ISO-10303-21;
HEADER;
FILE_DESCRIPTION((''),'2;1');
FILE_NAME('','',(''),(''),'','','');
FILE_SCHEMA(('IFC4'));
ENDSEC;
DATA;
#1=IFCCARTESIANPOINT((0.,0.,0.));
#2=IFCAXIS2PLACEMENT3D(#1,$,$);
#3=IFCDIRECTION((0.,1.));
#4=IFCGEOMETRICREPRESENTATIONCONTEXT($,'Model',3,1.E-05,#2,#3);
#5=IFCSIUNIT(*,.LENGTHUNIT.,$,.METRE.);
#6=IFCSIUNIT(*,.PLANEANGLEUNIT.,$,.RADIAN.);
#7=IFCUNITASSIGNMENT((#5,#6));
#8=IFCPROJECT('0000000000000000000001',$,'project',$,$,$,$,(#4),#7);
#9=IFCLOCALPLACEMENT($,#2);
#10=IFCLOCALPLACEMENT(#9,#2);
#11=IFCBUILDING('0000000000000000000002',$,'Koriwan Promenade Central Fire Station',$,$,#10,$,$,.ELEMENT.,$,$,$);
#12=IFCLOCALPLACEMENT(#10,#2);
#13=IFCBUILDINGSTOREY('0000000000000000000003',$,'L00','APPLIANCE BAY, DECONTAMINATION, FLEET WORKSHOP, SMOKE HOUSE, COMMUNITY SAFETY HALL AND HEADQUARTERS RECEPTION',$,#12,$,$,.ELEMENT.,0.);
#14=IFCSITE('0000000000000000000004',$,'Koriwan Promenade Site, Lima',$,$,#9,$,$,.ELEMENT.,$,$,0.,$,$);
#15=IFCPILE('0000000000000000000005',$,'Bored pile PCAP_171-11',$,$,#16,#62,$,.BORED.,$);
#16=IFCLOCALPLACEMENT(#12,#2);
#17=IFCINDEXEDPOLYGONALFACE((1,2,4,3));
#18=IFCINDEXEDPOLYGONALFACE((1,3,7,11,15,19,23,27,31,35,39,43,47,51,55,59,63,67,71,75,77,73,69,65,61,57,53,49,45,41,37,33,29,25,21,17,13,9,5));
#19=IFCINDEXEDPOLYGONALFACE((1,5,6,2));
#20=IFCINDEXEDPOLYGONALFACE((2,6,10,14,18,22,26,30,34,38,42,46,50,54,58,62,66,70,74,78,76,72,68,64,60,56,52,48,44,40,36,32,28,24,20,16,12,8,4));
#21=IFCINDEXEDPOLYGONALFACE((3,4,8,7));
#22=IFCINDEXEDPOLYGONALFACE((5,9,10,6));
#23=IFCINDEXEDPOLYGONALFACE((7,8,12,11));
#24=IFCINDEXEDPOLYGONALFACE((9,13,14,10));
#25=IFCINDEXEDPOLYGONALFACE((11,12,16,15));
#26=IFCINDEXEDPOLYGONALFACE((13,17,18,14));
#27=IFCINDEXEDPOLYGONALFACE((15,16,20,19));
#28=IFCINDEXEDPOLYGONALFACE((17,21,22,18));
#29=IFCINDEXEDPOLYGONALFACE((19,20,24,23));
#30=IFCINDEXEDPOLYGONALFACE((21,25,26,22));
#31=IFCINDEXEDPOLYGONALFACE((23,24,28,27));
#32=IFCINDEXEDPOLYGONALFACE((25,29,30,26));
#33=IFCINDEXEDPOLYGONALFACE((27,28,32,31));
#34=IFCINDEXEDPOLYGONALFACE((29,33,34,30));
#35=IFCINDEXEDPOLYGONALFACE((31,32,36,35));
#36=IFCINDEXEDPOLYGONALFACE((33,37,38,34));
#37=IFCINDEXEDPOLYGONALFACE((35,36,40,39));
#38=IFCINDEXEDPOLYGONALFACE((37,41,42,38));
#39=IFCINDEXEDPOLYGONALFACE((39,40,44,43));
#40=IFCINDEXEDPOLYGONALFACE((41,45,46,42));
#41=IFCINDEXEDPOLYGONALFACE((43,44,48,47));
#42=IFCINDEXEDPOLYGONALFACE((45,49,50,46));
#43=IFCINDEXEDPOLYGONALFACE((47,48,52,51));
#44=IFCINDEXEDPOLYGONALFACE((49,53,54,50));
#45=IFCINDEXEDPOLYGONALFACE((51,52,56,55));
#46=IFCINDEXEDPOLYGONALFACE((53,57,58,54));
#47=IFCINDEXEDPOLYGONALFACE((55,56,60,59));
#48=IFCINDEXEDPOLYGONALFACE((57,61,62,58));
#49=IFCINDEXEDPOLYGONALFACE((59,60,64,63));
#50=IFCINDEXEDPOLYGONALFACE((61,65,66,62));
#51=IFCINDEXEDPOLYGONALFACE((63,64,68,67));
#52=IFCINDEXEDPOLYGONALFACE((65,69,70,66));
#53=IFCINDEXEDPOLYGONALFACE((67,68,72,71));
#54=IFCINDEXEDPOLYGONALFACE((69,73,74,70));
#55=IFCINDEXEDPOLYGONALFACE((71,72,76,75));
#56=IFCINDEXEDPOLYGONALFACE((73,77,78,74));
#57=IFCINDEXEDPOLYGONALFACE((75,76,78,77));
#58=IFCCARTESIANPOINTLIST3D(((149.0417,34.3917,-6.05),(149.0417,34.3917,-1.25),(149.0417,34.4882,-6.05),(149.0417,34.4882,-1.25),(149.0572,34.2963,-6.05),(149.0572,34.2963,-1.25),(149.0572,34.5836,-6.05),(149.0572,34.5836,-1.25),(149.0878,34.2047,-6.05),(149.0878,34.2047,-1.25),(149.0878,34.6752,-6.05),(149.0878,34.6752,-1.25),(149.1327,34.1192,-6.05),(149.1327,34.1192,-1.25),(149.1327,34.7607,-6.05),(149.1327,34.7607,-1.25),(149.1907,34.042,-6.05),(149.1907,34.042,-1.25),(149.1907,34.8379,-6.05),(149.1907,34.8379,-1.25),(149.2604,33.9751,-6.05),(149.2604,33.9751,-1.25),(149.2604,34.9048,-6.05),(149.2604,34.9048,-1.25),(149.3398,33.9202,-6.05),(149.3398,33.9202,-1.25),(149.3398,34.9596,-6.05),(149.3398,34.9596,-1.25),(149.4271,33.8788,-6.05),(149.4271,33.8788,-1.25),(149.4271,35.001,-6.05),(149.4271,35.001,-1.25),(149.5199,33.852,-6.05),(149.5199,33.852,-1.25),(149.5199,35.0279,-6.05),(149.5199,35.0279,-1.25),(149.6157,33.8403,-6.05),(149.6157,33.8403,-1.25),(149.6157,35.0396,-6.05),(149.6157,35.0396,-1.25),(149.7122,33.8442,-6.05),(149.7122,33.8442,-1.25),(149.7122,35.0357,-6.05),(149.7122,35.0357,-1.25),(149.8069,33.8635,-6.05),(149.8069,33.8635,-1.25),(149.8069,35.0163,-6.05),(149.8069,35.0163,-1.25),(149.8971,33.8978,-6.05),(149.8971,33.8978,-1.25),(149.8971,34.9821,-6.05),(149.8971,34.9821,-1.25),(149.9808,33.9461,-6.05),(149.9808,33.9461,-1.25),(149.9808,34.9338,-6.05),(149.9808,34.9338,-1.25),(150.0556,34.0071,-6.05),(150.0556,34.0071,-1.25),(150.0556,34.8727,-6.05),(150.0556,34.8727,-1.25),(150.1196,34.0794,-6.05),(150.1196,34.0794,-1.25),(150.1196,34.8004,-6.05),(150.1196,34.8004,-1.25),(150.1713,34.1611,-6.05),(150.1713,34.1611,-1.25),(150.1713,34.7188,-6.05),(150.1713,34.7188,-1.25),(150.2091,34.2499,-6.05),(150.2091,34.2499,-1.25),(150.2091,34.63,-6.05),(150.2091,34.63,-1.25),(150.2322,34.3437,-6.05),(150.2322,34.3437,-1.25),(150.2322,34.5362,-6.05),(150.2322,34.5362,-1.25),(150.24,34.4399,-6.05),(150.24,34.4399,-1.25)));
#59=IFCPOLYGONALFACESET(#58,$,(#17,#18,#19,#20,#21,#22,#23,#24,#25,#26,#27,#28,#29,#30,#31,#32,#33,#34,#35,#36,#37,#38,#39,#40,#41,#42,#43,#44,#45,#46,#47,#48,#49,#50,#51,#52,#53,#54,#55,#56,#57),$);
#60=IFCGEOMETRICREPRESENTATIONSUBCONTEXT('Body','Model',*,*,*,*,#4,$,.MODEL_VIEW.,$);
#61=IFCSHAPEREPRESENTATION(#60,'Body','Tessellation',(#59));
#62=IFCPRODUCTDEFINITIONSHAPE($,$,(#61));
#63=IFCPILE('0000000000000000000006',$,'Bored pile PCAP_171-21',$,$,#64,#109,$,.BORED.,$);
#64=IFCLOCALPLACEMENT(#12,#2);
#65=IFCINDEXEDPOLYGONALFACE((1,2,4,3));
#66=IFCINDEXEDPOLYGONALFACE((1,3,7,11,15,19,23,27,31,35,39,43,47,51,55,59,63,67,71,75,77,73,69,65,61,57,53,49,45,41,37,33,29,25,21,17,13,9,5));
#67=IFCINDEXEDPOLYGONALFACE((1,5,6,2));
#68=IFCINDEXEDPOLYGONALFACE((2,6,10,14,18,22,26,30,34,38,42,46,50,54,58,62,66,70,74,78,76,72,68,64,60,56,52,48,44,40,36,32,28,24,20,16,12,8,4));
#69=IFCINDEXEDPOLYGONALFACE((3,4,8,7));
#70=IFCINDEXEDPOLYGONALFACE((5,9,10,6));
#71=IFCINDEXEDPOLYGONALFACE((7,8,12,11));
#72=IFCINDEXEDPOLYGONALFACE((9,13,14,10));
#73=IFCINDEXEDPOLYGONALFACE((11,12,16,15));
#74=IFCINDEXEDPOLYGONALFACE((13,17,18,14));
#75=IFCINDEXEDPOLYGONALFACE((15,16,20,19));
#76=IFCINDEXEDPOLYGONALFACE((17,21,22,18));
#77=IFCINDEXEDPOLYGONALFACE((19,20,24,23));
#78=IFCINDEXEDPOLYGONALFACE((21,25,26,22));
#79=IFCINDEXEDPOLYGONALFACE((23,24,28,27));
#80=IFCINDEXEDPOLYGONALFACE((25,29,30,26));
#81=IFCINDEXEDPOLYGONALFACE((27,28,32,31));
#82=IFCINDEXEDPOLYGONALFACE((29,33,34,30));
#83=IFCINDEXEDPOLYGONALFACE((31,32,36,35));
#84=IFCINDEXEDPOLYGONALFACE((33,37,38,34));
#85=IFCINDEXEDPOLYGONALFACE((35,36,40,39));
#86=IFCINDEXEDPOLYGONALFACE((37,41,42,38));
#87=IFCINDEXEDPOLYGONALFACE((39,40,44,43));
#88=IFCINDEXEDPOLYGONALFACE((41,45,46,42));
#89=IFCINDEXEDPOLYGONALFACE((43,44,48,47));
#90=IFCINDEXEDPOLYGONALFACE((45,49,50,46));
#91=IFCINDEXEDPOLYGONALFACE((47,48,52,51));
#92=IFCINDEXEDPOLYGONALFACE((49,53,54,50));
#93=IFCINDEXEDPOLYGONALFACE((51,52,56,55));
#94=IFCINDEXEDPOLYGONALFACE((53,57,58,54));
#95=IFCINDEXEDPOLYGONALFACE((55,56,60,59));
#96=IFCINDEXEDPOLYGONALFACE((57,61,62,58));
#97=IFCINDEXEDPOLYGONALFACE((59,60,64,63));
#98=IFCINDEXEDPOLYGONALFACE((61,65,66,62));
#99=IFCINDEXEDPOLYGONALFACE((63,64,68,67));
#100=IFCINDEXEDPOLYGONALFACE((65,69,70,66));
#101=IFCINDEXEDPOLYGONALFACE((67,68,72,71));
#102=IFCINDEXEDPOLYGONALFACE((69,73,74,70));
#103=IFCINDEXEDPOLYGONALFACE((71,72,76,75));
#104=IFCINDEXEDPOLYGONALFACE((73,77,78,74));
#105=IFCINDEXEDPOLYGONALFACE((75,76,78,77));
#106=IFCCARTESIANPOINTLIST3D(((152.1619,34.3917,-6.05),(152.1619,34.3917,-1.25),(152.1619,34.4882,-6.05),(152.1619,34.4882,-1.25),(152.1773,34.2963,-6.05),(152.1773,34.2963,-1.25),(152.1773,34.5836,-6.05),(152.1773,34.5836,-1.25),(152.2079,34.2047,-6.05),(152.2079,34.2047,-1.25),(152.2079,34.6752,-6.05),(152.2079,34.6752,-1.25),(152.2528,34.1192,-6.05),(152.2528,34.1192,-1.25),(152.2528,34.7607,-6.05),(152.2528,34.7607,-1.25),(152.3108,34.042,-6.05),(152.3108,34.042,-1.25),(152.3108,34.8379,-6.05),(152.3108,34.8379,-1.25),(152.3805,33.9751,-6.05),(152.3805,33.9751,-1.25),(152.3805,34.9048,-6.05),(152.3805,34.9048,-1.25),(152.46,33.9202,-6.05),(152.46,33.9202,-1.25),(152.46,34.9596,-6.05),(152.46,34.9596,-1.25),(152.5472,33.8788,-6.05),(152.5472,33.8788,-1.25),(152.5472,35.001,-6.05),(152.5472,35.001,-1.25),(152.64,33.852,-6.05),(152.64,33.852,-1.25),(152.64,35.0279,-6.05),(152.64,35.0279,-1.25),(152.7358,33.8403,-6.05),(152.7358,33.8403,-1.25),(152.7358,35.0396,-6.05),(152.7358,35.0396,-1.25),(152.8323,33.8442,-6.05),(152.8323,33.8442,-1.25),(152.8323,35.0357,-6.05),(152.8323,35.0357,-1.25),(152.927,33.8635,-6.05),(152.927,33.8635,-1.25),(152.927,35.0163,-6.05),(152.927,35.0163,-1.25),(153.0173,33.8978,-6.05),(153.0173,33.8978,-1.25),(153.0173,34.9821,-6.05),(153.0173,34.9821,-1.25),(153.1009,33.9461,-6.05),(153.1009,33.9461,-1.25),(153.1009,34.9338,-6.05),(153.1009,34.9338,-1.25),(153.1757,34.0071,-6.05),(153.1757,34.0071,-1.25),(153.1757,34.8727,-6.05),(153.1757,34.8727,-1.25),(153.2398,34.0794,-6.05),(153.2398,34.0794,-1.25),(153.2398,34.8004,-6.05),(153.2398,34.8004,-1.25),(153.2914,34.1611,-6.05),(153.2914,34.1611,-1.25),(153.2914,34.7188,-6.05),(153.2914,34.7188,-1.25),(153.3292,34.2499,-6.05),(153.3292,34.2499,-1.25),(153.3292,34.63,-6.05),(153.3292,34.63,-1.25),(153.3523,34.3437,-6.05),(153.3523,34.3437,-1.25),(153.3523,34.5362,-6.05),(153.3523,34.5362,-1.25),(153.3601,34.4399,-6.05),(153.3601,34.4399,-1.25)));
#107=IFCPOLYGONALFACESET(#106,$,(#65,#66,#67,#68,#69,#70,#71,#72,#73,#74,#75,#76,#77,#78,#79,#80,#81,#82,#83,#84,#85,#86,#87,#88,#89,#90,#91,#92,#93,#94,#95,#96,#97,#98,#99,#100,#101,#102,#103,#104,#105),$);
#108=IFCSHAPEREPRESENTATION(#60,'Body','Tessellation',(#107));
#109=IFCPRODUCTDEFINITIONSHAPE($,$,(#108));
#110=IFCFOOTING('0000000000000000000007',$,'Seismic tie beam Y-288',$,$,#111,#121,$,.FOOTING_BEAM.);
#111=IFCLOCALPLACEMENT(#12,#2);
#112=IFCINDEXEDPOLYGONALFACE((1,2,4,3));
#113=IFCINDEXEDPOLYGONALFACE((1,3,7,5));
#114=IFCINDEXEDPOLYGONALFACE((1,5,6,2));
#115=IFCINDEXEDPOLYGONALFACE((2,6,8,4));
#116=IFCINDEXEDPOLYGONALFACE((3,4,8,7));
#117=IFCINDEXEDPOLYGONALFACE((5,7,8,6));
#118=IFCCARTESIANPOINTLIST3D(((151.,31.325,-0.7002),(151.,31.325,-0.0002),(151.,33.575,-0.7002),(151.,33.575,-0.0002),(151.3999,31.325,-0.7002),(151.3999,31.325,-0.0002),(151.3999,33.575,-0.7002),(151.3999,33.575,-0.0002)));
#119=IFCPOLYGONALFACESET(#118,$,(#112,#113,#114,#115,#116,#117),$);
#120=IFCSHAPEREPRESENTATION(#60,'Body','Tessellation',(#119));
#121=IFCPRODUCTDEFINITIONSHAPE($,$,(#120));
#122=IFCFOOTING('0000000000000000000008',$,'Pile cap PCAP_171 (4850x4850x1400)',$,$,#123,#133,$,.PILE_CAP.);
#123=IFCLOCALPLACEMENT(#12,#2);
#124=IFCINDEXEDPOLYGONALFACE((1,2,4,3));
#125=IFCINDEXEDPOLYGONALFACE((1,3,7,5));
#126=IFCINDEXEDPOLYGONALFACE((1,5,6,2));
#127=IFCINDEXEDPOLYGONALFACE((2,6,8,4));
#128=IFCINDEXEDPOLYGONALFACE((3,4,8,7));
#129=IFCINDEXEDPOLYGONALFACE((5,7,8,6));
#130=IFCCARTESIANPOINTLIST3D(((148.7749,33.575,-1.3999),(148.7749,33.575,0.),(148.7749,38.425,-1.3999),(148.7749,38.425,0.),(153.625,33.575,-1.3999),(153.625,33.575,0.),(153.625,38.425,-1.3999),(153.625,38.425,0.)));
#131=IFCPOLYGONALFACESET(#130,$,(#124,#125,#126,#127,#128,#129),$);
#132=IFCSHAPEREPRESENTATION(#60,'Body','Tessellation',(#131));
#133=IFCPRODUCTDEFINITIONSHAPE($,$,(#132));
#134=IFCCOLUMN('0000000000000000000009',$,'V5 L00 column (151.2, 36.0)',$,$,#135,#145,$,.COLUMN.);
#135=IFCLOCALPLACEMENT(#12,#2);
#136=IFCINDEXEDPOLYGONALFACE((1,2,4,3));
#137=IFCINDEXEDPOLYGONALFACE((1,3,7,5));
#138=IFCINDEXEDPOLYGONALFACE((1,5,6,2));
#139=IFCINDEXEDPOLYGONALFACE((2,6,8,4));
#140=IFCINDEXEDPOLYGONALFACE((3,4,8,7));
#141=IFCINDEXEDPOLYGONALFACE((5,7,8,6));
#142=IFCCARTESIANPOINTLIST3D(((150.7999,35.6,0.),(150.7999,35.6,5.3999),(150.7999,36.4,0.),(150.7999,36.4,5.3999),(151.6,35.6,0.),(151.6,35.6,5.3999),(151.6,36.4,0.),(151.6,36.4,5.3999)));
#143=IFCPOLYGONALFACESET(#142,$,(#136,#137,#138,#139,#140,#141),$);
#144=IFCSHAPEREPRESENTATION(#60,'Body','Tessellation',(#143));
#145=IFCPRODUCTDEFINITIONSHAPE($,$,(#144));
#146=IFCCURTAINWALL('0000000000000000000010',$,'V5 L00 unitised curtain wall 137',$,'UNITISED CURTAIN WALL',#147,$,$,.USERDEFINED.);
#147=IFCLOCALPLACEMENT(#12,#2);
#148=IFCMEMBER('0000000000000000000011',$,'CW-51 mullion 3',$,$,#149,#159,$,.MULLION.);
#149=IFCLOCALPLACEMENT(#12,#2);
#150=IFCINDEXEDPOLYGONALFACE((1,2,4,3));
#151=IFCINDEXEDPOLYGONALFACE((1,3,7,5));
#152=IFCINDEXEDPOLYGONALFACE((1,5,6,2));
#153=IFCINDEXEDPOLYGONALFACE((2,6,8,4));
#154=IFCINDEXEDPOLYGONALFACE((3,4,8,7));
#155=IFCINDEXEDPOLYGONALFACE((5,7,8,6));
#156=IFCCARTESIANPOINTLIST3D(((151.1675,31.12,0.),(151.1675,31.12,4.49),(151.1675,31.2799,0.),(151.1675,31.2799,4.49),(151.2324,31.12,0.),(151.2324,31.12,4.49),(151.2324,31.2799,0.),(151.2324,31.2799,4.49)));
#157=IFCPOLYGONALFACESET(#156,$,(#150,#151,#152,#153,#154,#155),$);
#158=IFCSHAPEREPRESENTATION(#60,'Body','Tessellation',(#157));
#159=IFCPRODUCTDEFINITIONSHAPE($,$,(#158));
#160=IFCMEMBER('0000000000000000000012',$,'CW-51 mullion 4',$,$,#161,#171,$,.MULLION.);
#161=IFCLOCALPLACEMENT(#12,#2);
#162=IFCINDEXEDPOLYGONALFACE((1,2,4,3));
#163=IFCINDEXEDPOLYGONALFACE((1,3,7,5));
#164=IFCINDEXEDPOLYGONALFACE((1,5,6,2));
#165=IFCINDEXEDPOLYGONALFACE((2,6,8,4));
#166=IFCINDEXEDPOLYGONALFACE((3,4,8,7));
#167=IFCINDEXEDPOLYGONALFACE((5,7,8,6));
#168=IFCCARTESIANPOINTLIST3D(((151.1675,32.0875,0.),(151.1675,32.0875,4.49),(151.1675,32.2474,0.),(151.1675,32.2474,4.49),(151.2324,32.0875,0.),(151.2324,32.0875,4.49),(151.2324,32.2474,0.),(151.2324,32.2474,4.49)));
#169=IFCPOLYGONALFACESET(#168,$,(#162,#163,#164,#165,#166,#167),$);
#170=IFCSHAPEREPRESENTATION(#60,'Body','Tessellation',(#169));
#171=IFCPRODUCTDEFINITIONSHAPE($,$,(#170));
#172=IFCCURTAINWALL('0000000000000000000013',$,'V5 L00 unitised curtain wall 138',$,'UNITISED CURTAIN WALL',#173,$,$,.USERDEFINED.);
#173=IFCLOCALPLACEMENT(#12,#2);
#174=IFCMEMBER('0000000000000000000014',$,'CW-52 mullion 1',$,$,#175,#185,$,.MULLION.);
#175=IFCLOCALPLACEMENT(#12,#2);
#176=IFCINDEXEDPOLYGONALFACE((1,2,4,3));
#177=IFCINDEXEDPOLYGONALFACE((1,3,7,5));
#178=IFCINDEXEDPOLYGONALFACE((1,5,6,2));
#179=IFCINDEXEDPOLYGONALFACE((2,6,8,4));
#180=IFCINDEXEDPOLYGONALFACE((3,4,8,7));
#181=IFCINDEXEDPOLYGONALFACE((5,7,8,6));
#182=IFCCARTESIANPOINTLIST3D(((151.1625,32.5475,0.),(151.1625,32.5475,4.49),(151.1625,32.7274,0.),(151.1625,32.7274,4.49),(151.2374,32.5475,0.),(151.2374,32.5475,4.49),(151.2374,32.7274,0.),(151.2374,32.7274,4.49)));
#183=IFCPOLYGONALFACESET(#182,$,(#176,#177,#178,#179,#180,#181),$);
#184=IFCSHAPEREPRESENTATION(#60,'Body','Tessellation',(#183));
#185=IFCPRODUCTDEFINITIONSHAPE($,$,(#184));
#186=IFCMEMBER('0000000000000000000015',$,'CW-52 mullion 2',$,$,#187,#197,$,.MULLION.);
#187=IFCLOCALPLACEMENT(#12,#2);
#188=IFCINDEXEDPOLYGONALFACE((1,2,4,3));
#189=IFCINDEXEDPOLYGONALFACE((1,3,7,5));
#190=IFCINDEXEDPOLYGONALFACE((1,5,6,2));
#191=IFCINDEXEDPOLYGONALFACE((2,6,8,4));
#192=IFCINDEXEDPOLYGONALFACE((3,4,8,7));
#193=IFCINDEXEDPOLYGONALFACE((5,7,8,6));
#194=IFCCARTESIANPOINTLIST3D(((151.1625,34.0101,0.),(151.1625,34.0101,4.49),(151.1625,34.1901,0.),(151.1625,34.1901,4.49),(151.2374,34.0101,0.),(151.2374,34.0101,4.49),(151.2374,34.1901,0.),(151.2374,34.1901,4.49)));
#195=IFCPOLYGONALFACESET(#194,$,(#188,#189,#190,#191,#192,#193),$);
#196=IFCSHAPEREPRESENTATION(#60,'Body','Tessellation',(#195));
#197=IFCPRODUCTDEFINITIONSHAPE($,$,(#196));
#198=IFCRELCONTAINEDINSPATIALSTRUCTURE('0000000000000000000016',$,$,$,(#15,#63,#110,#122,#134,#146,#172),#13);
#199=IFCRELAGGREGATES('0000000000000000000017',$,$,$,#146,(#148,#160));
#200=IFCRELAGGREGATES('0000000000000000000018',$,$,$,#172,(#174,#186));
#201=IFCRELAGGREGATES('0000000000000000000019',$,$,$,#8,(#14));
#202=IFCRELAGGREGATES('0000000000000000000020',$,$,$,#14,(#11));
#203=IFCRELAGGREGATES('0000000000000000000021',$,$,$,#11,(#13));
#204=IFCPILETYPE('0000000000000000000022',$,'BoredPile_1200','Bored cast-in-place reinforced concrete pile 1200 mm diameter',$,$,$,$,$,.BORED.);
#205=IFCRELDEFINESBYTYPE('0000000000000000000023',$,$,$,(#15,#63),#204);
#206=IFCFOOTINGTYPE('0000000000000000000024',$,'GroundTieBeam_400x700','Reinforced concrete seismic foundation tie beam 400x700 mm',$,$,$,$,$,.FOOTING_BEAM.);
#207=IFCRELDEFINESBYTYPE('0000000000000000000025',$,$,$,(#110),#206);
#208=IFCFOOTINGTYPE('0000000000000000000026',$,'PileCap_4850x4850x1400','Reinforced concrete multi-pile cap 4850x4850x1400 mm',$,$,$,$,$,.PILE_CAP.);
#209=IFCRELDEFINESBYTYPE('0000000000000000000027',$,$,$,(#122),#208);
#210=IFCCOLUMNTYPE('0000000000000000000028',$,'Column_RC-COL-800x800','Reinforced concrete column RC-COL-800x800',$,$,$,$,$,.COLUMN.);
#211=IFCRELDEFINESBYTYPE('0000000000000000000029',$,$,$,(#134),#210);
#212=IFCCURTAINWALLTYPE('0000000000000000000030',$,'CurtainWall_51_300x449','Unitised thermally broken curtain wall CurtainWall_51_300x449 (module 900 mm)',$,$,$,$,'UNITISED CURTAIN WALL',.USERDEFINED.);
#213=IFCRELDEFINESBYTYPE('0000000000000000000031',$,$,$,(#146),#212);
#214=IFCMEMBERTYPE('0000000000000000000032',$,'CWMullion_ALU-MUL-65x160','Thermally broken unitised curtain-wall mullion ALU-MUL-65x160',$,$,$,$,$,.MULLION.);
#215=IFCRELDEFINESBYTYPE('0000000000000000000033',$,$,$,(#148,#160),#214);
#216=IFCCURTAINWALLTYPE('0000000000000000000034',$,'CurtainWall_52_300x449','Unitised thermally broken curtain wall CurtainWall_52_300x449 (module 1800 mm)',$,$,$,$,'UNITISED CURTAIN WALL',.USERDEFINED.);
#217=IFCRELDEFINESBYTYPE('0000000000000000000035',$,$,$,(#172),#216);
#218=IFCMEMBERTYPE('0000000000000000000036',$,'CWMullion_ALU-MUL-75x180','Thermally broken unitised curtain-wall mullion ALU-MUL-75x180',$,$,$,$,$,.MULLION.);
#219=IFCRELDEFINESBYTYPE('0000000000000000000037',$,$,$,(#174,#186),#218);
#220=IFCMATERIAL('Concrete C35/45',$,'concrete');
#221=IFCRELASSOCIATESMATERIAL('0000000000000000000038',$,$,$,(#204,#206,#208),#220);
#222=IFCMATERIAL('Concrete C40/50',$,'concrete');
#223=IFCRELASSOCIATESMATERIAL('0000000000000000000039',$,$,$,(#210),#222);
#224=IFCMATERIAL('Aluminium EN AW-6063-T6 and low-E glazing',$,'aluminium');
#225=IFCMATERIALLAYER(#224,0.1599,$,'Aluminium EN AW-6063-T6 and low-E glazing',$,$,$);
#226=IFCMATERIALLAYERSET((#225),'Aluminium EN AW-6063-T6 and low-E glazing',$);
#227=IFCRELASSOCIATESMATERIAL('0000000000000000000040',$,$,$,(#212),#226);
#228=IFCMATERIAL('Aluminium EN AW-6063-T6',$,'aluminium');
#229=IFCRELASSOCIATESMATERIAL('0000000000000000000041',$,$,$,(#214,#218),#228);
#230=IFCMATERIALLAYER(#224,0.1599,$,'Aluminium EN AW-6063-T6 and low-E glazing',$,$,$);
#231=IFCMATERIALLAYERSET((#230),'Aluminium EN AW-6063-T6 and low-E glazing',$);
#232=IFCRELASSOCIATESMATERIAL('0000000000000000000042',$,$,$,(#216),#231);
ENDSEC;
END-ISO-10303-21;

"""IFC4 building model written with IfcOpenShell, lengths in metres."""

from ifc_helpers import new_model, si_unit, direction, frame, origin, origin_2d, place, context, subcontext, project, spatial, rectangle, circle, extrude, material, layer, layer_set, material_profile, profile_set, type_object, element, aggregate, save


model = new_model("IFC4")

# Units and contexts
model_context = context("Model", 3, precision=1e-05, world=origin(), true_north=direction((0.0, 1.0)))
body_context = subcontext(model_context, "Body", "Model", "MODEL_VIEW")
ifc_project = project(units=[si_unit("LENGTHUNIT", "METRE"), si_unit("PLANEANGLEUNIT", "RADIAN")], contexts=[model_context])

# Site, building, storey
site_placement = place(None, origin())
site = spatial("IfcSite", under=ifc_project, at=site_placement, Name="Koriwan Promenade Site, Lima", CompositionType="ELEMENT", RefElevation=0.0)
building_placement = place(site_placement, origin())
building = spatial("IfcBuilding", under=site, at=building_placement, Name="Koriwan Promenade Central Fire Station", CompositionType="ELEMENT")
storey_placement = place(building_placement, origin())
storey = spatial("IfcBuildingStorey", under=building, at=storey_placement, Name="L00", Description="APPLIANCE BAY, DECONTAMINATION, FLEET WORKSHOP, SMOKE HOUSE, COMMUNITY SAFETY HALL AND HEADQUARTERS RECEPTION", CompositionType="ELEMENT", Elevation=0.0)

# Piles
ifc_material_1 = material(Name="Concrete C35/45", Category="concrete")
ifc_material_profile_1 = material_profile(ifc_material_1, circle(Radius=0.6001, at=origin_2d()), Name="PILE-D1200")
ifc_profile_set_1 = profile_set([ifc_material_profile_1], Name="Concrete C35/45")
pile_type = type_object("IfcPileType", Name="BoredPile_1200", Description="Bored cast-in-place reinforced concrete pile 1200 mm diameter", PredefinedType="BORED", material=ifc_profile_set_1)
for number, where, z_axis, x_axis, name in (
    (1, (149.6399, 34.4399, -1.25), (0.0, 0.0, -1.0), (1.0, 0.0, 0.0), "Bored pile PCAP_171-11"),
    (2, (152.76, 34.4399, -1.25), (0.0, 0.0, -1.0), (1.0, 0.0, 0.0), "Bored pile PCAP_171-21"),
):
    element("IfcPile", number, at=place(storey_placement, frame(where, z_axis=z_axis, x_axis=x_axis)), inside=storey, type_object=pile_type, Name=name, PredefinedType="BORED", context=body_context, shape_type="SweptSolid", body=[
        extrude(circle(Radius=0.6001, at=origin_2d()), origin(), (0.0, 0.0, 1.0), 4.8),
    ])

# Footings
footing_type_1 = type_object("IfcFootingType", Name="GroundTieBeam_400x700", Description="Reinforced concrete seismic foundation tie beam 400x700 mm", PredefinedType="FOOTING_BEAM", material=ifc_material_1)
footing_1_placement = place(storey_placement, frame((151.2, 32.45, -0.7002), z_axis=(0.0, 0.0, 1.0), x_axis=(0.0, 1.0, 0.0)))
element("IfcFooting", 3, at=footing_1_placement, inside=storey, type_object=footing_type_1, Name="Seismic tie beam Y-288", PredefinedType="FOOTING_BEAM", context=body_context, shape_type="SweptSolid", body=[
    extrude(rectangle(XDim=2.25, YDim=0.3999, at=origin_2d()), origin(), (0.0, 0.0, 1.0), 0.7),
])
footing_type_2 = type_object("IfcFootingType", Name="PileCap_4850x4850x1400", Description="Reinforced concrete multi-pile cap 4850x4850x1400 mm", PredefinedType="PILE_CAP", material=ifc_material_1)
footing_2_placement = place(storey_placement, frame((151.2, 36.0, -1.3999), z_axis=(0.0, 0.0, 1.0), x_axis=(1.0, 0.0, 0.0)))
element("IfcFooting", 4, at=footing_2_placement, inside=storey, type_object=footing_type_2, Name="Pile cap PCAP_171 (4850x4850x1400)", PredefinedType="PILE_CAP", context=body_context, shape_type="SweptSolid", body=[
    extrude(rectangle(XDim=4.8501, YDim=4.8501, at=origin_2d()), origin(), (0.0, 0.0, 1.0), 1.3999),
])

# Column
ifc_material_2 = material(Name="Concrete C40/50", Category="concrete")
ifc_material_profile_2 = material_profile(ifc_material_2, rectangle(XDim=0.8, YDim=0.8, at=origin_2d()), Name="RC-COL-800x800")
ifc_profile_set_2 = profile_set([ifc_material_profile_2], Name="Concrete C40/50")
column_type = type_object("IfcColumnType", Name="Column_RC-COL-800x800", Description="Reinforced concrete column RC-COL-800x800", PredefinedType="COLUMN", material=ifc_profile_set_2)
column_placement = place(storey_placement, frame((151.2, 36.0, 0.0), z_axis=(0.0, 0.0, 1.0), x_axis=(1.0, 0.0, 0.0)))
element("IfcColumn", 5, at=column_placement, inside=storey, type_object=column_type, Name="V5 L00 column (151.2, 36.0)", PredefinedType="COLUMN", context=body_context, shape_type="SweptSolid", body=[
    extrude(rectangle(XDim=0.8, YDim=0.8, at=origin_2d()), origin(), (0.0, 0.0, 1.0), 5.3999),
])

# Curtain walls, members
ifc_material_3 = material(Name="Aluminium EN AW-6063-T6 and low-E glazing", Category="aluminium")
ifc_layer_1 = layer(ifc_material_3, 0.1599, Name="Aluminium EN AW-6063-T6 and low-E glazing")
ifc_layer_set_1 = layer_set([ifc_layer_1], Name="Aluminium EN AW-6063-T6 and low-E glazing")
curtain_wall_type_1 = type_object("IfcCurtainWallType", Name="CurtainWall_51_300x449", Description="Unitised thermally broken curtain wall CurtainWall_51_300x449 (module 900 mm)", ElementType="UNITISED CURTAIN WALL", PredefinedType="USERDEFINED", material=ifc_layer_set_1)
curtain_wall_1_placement = place(storey_placement, origin())
curtain_wall_1 = element("IfcCurtainWall", 6, at=curtain_wall_1_placement, inside=storey, type_object=curtain_wall_type_1, Name="V5 L00 unitised curtain wall 137", ObjectType="UNITISED CURTAIN WALL", PredefinedType="USERDEFINED")
ifc_material_4 = material(Name="Aluminium EN AW-6063-T6", Category="aluminium")
ifc_material_profile_3 = material_profile(ifc_material_4, rectangle(XDim=0.0649, YDim=0.1599, at=origin_2d()), Name="ALU-MUL-65x160")
ifc_profile_set_3 = profile_set([ifc_material_profile_3], Name="Aluminium EN AW-6063-T6")
member_type_1 = type_object("IfcMemberType", Name="CWMullion_ALU-MUL-65x160", Description="Thermally broken unitised curtain-wall mullion ALU-MUL-65x160", PredefinedType="MULLION", material=ifc_profile_set_3)
member_1_placement = place(storey_placement, frame((151.2, 31.2, 0.0), z_axis=(0.0, 0.0, 1.0), x_axis=(-1.0, 0.0, 0.0)))
member_1 = element("IfcMember", 7, at=member_1_placement, type_object=member_type_1, Name="CW-51 mullion 3", PredefinedType="MULLION", context=body_context, shape_type="SweptSolid", body=[
    extrude(rectangle(XDim=0.0649, YDim=0.1599, at=origin_2d()), origin(), (0.0, 0.0, 1.0), 4.49),
])
member_2_placement = place(storey_placement, frame((151.2, 32.1675, 0.0), z_axis=(0.0, 0.0, 1.0), x_axis=(-1.0, 0.0, 0.0)))
member_2 = element("IfcMember", 8, at=member_2_placement, type_object=member_type_1, Name="CW-51 mullion 4", PredefinedType="MULLION", context=body_context, shape_type="SweptSolid", body=[
    extrude(rectangle(XDim=0.0649, YDim=0.1599, at=origin_2d()), origin(), (0.0, 0.0, 1.0), 4.49),
])
ifc_layer_2 = layer(ifc_material_3, 0.1599, Name="Aluminium EN AW-6063-T6 and low-E glazing")
ifc_layer_set_2 = layer_set([ifc_layer_2], Name="Aluminium EN AW-6063-T6 and low-E glazing")
curtain_wall_type_2 = type_object("IfcCurtainWallType", Name="CurtainWall_52_300x449", Description="Unitised thermally broken curtain wall CurtainWall_52_300x449 (module 1800 mm)", ElementType="UNITISED CURTAIN WALL", PredefinedType="USERDEFINED", material=ifc_layer_set_2)
curtain_wall_2_placement = place(storey_placement, origin())
curtain_wall_2 = element("IfcCurtainWall", 9, at=curtain_wall_2_placement, inside=storey, type_object=curtain_wall_type_2, Name="V5 L00 unitised curtain wall 138", ObjectType="UNITISED CURTAIN WALL", PredefinedType="USERDEFINED")
ifc_material_profile_4 = material_profile(ifc_material_4, rectangle(XDim=0.075, YDim=0.1799, at=origin_2d()), Name="ALU-MUL-75x180")
ifc_profile_set_4 = profile_set([ifc_material_profile_4], Name="Aluminium EN AW-6063-T6")
member_type_2 = type_object("IfcMemberType", Name="CWMullion_ALU-MUL-75x180", Description="Thermally broken unitised curtain-wall mullion ALU-MUL-75x180", PredefinedType="MULLION", material=ifc_profile_set_4)
member_3_placement = place(storey_placement, frame((151.2, 32.6375, 0.0), z_axis=(0.0, 0.0, 1.0), x_axis=(-1.0, 0.0, 0.0)))
member_3 = element("IfcMember", 10, at=member_3_placement, type_object=member_type_2, Name="CW-52 mullion 1", PredefinedType="MULLION", context=body_context, shape_type="SweptSolid", body=[
    extrude(rectangle(XDim=0.075, YDim=0.1799, at=origin_2d()), origin(), (0.0, 0.0, 1.0), 4.49),
])
member_4_placement = place(storey_placement, frame((151.2, 34.1001, 0.0), z_axis=(0.0, 0.0, 1.0), x_axis=(-1.0, 0.0, 0.0)))
member_4 = element("IfcMember", 11, at=member_4_placement, type_object=member_type_2, Name="CW-52 mullion 2", PredefinedType="MULLION", context=body_context, shape_type="SweptSolid", body=[
    extrude(rectangle(XDim=0.075, YDim=0.1799, at=origin_2d()), origin(), (0.0, 0.0, 1.0), 4.49),
])

aggregate(curtain_wall_1, [member_1, member_2])
aggregate(curtain_wall_2, [member_3, member_4])

save(model, "model.ifc")
